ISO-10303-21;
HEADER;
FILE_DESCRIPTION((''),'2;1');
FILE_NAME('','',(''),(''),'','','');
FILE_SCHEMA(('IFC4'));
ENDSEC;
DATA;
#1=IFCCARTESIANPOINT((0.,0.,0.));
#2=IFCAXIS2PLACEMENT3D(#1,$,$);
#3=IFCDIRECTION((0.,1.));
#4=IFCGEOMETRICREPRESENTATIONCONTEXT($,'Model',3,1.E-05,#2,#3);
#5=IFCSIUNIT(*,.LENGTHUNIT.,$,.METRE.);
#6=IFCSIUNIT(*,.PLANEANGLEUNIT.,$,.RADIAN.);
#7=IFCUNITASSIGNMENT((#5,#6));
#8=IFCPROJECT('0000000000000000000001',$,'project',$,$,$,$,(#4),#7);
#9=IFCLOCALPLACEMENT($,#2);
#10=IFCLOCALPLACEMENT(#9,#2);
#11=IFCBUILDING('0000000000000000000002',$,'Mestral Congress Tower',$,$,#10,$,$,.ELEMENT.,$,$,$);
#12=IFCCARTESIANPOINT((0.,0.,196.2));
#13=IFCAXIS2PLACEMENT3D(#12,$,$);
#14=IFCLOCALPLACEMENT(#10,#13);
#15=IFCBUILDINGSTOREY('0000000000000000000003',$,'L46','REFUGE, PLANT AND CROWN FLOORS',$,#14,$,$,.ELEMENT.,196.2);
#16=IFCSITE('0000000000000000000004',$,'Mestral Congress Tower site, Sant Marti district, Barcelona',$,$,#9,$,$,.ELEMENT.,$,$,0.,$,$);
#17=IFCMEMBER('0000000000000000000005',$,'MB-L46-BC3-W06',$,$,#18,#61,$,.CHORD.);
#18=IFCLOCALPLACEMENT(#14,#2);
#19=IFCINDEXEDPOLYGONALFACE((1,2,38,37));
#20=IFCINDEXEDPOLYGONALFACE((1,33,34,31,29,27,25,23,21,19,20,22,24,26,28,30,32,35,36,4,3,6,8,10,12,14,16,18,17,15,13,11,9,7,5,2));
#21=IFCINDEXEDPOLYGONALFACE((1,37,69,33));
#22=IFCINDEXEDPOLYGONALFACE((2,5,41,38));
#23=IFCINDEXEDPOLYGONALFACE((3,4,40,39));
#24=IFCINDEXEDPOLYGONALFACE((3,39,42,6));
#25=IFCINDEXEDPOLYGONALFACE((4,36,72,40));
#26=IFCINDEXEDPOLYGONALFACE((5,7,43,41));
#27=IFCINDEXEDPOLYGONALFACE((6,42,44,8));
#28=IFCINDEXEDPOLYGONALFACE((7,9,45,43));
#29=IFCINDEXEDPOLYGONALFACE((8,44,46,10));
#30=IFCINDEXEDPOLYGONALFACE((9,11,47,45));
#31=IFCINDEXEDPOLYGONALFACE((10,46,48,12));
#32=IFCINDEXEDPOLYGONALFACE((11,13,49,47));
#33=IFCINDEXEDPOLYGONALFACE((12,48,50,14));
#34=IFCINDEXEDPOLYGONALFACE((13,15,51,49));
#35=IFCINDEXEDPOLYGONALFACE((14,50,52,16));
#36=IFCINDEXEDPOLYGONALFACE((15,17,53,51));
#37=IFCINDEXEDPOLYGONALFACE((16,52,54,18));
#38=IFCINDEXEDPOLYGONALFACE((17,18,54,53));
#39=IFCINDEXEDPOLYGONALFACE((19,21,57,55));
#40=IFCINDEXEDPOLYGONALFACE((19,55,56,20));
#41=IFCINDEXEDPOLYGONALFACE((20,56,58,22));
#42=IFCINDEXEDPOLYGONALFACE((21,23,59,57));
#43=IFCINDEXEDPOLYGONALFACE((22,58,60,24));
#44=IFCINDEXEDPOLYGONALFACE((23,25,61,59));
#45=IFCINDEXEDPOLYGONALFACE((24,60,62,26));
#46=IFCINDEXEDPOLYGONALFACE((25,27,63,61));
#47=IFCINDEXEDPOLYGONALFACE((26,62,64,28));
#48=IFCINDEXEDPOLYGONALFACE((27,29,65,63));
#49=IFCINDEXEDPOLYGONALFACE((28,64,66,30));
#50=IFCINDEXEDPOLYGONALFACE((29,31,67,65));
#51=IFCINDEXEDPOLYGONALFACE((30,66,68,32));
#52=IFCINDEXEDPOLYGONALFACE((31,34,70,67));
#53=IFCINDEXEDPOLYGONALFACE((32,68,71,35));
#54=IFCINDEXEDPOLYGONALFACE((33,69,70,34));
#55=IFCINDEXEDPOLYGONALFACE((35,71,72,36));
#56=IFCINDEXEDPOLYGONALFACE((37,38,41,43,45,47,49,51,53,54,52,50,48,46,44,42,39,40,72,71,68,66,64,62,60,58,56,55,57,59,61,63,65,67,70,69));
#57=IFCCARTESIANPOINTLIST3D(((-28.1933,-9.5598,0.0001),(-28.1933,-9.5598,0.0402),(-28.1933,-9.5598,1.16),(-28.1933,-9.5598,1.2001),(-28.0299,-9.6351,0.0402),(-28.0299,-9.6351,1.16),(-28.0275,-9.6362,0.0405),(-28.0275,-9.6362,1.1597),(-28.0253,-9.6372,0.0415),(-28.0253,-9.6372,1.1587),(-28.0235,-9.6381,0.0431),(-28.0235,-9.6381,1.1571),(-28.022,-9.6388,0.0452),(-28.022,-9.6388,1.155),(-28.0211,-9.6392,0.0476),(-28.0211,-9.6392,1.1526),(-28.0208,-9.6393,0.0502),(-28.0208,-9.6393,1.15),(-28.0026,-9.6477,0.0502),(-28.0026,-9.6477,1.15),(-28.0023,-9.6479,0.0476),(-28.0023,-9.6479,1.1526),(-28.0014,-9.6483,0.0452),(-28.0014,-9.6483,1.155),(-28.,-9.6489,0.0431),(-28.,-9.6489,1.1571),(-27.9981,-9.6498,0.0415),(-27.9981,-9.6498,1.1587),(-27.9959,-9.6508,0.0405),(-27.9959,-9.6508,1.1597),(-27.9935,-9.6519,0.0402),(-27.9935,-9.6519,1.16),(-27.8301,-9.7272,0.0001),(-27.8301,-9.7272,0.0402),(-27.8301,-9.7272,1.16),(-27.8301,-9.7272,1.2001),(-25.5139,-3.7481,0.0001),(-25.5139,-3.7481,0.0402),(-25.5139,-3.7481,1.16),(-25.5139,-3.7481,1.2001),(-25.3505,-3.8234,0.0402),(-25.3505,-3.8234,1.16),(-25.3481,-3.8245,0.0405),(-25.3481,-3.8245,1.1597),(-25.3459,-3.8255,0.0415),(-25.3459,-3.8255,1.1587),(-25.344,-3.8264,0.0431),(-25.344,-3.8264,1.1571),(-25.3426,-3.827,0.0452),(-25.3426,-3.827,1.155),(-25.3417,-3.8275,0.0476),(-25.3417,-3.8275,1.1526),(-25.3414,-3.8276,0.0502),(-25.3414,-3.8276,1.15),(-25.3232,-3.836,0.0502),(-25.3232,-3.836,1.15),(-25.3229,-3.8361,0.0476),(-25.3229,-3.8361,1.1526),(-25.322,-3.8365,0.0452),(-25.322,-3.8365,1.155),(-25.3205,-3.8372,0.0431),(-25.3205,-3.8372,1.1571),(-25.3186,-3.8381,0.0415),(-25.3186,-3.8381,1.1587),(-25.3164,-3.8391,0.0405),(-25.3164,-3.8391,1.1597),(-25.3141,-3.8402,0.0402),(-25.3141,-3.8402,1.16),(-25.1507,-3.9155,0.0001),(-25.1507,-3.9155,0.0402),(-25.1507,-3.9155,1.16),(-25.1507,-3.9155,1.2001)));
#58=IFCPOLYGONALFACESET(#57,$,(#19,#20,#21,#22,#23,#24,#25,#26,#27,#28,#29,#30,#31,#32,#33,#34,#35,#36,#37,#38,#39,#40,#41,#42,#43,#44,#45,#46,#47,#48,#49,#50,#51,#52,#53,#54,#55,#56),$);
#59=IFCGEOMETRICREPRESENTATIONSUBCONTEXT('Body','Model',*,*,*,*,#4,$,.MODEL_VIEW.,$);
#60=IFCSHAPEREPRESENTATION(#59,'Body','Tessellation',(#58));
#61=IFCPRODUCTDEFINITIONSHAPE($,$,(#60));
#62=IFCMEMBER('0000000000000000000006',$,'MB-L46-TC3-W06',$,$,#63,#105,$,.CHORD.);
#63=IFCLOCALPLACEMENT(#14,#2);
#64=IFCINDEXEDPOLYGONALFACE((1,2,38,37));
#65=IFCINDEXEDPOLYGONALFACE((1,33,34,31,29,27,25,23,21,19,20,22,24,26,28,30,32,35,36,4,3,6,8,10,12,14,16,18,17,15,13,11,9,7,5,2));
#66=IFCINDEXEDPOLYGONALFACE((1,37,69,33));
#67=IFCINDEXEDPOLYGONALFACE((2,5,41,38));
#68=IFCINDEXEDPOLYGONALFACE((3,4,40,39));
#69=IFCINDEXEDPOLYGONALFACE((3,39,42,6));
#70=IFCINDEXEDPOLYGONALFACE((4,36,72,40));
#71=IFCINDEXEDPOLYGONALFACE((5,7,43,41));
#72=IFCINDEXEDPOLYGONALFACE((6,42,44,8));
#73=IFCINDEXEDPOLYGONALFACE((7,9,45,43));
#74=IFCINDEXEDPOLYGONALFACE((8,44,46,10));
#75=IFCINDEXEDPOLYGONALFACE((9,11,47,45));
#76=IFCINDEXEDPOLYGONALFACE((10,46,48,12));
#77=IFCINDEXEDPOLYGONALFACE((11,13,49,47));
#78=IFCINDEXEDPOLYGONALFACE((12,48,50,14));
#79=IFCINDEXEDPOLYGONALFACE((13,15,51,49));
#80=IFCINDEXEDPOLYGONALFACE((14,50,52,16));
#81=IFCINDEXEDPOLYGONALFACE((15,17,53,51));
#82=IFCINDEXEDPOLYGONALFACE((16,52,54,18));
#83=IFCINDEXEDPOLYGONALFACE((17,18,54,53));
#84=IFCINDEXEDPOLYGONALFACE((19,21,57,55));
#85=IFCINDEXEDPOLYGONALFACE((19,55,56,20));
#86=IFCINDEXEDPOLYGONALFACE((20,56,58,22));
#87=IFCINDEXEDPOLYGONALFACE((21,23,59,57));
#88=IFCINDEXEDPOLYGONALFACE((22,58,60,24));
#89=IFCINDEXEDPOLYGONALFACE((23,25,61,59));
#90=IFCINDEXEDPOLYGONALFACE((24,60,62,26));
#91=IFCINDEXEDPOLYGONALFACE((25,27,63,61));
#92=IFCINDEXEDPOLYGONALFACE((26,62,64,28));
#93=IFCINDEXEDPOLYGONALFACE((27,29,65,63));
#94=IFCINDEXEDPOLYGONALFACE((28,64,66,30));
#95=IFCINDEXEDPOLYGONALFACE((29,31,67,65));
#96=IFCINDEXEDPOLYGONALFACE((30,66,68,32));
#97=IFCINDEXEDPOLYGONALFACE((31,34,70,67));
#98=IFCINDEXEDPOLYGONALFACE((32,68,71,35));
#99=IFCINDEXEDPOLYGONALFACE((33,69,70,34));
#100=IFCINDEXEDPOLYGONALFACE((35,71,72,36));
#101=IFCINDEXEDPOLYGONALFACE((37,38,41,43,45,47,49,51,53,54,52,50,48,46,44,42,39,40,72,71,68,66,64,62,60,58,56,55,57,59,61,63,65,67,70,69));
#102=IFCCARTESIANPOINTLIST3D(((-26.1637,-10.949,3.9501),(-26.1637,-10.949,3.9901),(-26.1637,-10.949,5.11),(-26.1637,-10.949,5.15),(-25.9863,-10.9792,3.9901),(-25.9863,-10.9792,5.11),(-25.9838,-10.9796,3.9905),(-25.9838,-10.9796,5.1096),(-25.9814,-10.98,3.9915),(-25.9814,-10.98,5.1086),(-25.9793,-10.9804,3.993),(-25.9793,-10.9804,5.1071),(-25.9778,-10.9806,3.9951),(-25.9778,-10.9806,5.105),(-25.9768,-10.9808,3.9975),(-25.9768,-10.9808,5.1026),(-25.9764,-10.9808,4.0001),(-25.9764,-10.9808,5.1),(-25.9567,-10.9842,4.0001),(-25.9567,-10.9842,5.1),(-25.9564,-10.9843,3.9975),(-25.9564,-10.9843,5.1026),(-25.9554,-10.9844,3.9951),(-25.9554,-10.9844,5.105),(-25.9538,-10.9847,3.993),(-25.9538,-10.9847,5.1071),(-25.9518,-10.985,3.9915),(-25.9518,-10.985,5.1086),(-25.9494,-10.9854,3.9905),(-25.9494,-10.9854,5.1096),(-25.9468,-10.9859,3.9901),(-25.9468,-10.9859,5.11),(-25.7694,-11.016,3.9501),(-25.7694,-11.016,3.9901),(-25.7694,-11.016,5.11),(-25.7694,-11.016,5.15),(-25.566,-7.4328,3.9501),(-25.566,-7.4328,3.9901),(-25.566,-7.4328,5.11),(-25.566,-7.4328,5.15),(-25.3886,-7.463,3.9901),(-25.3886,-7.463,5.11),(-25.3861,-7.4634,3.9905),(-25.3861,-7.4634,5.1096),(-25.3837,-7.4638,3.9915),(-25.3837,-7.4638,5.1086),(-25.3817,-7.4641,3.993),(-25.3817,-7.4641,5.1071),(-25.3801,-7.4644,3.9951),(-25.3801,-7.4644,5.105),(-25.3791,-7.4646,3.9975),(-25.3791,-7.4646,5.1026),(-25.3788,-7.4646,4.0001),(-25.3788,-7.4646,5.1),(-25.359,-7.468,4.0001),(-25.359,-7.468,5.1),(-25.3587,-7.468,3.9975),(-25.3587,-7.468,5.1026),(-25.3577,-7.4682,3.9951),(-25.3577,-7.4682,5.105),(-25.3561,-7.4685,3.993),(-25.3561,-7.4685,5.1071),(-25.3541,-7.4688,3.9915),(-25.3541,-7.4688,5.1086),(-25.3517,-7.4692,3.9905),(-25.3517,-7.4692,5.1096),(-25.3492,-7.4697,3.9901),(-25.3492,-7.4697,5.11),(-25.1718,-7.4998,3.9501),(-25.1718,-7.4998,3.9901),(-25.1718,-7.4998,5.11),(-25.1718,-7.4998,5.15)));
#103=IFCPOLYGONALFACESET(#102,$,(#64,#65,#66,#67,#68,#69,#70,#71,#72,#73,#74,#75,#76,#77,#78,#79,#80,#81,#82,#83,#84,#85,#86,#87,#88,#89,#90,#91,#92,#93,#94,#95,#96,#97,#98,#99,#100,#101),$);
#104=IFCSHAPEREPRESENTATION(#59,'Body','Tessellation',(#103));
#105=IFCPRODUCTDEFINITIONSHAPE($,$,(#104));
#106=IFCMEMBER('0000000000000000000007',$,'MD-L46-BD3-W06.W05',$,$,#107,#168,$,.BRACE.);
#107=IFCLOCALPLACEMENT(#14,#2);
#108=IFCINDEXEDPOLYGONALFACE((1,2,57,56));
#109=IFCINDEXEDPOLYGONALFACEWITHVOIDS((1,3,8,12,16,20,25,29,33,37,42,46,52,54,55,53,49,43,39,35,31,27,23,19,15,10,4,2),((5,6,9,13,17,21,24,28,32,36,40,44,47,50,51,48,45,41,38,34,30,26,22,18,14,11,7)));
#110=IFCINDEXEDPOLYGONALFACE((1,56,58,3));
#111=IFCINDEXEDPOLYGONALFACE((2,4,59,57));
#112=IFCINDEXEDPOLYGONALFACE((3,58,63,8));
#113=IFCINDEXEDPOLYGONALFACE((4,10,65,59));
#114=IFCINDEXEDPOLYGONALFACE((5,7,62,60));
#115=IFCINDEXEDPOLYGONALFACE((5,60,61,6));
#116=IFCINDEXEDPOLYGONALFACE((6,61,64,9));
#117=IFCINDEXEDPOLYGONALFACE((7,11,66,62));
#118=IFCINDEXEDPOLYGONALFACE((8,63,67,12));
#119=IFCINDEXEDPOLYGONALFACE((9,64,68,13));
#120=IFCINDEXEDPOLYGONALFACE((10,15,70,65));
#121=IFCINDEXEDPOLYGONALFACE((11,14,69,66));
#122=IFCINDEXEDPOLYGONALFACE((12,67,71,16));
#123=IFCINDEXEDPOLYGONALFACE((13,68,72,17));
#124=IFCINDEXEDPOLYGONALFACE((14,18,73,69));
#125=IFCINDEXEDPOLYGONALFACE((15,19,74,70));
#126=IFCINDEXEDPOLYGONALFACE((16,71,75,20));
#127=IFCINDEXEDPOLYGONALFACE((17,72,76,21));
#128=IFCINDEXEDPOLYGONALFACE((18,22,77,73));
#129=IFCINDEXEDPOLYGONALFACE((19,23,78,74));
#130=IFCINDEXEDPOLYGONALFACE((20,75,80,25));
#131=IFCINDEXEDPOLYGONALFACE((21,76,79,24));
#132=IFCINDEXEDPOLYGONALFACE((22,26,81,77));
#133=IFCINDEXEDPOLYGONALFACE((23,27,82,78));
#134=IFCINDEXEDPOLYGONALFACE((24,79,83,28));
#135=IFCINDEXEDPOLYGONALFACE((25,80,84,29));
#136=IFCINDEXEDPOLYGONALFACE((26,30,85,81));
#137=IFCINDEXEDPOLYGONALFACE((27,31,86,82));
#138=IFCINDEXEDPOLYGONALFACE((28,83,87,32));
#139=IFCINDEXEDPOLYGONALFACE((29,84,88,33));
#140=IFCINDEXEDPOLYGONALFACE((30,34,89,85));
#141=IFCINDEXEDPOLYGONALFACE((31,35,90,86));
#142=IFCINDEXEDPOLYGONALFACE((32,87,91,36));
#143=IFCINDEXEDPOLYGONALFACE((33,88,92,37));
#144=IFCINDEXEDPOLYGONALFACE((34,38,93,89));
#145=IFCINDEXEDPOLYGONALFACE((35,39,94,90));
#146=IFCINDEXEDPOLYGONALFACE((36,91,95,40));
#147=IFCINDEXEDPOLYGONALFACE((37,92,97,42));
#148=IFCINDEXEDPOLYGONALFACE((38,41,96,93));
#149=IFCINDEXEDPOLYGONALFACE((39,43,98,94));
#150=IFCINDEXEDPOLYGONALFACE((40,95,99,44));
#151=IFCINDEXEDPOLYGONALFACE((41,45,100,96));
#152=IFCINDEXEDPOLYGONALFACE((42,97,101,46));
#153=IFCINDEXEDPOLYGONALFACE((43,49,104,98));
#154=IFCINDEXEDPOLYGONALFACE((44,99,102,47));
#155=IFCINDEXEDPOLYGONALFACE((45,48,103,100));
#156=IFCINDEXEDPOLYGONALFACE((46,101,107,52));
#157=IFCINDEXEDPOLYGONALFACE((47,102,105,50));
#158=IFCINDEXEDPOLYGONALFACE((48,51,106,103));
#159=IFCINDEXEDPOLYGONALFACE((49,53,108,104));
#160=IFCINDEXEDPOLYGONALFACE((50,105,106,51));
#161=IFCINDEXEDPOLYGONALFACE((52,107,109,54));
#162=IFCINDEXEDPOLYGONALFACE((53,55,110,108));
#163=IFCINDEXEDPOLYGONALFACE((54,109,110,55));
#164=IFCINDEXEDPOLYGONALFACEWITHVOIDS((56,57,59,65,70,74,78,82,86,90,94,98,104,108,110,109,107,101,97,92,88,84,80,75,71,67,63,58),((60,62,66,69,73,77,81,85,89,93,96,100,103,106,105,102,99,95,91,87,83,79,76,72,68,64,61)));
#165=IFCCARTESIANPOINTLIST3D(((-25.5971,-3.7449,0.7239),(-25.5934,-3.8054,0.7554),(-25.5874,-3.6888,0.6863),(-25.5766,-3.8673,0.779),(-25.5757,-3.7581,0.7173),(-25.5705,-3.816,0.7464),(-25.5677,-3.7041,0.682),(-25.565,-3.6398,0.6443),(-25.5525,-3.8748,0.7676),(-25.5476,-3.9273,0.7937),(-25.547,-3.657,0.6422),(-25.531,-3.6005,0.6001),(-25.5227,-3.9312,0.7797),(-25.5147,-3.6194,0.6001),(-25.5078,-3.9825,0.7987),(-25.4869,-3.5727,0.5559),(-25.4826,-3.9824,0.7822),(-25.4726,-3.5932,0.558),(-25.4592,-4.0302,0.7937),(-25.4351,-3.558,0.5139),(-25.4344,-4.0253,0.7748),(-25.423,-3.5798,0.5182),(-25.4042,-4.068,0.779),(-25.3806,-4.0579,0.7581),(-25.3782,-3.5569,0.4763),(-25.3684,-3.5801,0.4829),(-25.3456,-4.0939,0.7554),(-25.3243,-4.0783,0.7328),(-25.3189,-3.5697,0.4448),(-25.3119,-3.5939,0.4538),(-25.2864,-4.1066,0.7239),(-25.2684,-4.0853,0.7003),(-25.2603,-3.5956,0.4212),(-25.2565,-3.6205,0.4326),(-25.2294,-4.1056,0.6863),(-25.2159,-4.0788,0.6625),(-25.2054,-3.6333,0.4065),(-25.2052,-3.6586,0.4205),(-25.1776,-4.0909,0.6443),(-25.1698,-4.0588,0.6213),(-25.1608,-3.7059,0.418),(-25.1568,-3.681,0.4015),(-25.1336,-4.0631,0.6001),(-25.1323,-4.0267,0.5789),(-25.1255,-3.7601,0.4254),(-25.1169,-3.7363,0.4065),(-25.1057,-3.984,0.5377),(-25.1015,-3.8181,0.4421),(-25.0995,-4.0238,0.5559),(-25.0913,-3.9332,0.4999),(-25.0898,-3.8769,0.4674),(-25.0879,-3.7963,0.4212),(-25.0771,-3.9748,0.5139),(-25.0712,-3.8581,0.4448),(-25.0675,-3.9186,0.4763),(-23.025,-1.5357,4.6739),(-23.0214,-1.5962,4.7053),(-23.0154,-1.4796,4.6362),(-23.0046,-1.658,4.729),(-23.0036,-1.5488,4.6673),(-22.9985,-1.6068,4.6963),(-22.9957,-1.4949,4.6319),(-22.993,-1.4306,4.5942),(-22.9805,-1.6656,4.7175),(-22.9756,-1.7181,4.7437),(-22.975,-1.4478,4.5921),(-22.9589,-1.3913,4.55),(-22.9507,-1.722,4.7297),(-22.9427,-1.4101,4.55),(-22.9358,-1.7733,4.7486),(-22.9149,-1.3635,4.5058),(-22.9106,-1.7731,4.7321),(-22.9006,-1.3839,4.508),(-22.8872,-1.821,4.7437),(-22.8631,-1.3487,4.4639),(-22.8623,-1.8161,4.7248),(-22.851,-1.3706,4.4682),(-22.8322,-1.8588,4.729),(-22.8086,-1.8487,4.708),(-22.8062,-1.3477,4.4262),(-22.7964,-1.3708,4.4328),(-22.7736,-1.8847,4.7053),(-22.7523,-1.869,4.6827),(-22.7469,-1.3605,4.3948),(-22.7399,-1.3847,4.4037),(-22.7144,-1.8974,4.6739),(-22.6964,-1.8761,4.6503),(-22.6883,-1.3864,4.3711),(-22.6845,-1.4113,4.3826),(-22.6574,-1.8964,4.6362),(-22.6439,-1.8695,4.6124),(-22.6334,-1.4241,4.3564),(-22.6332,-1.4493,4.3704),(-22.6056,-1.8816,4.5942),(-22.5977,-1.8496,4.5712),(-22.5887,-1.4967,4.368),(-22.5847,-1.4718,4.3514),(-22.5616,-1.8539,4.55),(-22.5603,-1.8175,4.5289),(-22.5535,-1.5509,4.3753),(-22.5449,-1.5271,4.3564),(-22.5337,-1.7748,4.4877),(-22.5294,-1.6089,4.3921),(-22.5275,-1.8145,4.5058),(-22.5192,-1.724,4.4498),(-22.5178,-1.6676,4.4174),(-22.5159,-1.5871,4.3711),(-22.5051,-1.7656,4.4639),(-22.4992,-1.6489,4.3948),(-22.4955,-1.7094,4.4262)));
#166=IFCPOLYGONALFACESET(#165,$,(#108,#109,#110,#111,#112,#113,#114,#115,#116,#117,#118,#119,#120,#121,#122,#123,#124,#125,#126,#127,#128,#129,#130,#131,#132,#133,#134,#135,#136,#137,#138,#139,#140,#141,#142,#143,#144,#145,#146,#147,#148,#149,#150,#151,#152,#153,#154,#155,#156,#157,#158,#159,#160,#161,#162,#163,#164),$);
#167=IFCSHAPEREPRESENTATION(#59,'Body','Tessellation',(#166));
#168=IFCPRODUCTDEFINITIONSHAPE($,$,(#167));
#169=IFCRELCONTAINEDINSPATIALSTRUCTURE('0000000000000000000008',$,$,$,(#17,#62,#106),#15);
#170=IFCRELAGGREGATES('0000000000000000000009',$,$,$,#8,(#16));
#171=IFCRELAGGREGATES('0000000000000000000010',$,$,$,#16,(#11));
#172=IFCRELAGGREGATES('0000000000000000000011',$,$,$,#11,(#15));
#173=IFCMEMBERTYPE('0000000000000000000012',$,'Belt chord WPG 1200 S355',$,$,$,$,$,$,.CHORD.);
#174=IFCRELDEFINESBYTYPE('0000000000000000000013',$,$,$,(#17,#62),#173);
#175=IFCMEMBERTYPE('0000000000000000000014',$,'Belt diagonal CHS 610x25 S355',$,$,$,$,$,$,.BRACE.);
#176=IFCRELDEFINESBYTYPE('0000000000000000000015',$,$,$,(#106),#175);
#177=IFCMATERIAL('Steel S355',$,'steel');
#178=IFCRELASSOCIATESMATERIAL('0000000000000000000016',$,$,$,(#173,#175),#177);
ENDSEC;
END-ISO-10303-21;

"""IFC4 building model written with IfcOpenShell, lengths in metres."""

from ifc_helpers import new_model, si_unit, direction, frame, origin, origin_2d, place, context, subcontext, project, spatial, hollow_circle, i_section, extrude, material, material_profile, profile_set, type_object, element, save


model = new_model("IFC4")

# Units and contexts
model_context = context("Model", 3, precision=1e-05, world=origin(), true_north=direction((0.0, 1.0)))
body_context = subcontext(model_context, "Body", "Model", "MODEL_VIEW")
ifc_project = project(units=[si_unit("LENGTHUNIT", "METRE"), si_unit("PLANEANGLEUNIT", "RADIAN")], contexts=[model_context])

# Site, building, storey
site_placement = place(None, origin())
site = spatial("IfcSite", under=ifc_project, at=site_placement, Name="Mestral Congress Tower site, Sant Marti district, Barcelona", CompositionType="ELEMENT", RefElevation=0.0)
building_placement = place(site_placement, origin())
building = spatial("IfcBuilding", under=site, at=building_placement, Name="Mestral Congress Tower", CompositionType="ELEMENT")
storey_placement = place(building_placement, frame((0.0, 0.0, 196.2)))
storey = spatial("IfcBuildingStorey", under=building, at=storey_placement, Name="L46", Description="REFUGE, PLANT AND CROWN FLOORS", CompositionType="ELEMENT", Elevation=196.2)

# Members
ifc_material_1 = material(Name="Steel S355", Category="steel")
ifc_material_profile_1 = material_profile(ifc_material_1, i_section(OverallWidth=0.3999, OverallDepth=1.2, WebThickness=0.02, FlangeThickness=0.04, FilletRadius=0.01, at=origin_2d()), Name="WPG 1200")
ifc_profile_set_1 = profile_set([ifc_material_profile_1], Name="Steel S355")
member_type_1 = type_object("IfcMemberType", Name="Belt chord WPG 1200 S355", PredefinedType="CHORD", material=ifc_profile_set_1)
member_1_placement = place(storey_placement, frame((-25.3323, -3.8318, 0.6001), z_axis=(-0.418683, -0.908132, 0.0), x_axis=(0.908132, -0.418683, 0.0)))
element("IfcMember", 1, at=member_1_placement, inside=storey, type_object=member_type_1, Name="MB-L46-BC3-W06", PredefinedType="CHORD", context=body_context, shape_type="SweptSolid", body=[
    extrude(i_section(OverallWidth=0.3999, OverallDepth=1.2, WebThickness=0.02, FlangeThickness=0.04, FilletRadius=0.01, at=origin_2d()), origin(), (0.0, 0.0, 1.0), 6.3997),
])
member_2_placement = place(storey_placement, frame((-25.3689, -7.4663, 4.55), z_axis=(-0.167573, -0.98586, 0.0), x_axis=(0.98586, -0.167573, 0.0)))
element("IfcMember", 2, at=member_2_placement, inside=storey, type_object=member_type_1, Name="MB-L46-TC3-W06", PredefinedType="CHORD", context=body_context, shape_type="SweptSolid", body=[
    extrude(i_section(OverallWidth=0.3999, OverallDepth=1.2, WebThickness=0.02, FlangeThickness=0.04, FilletRadius=0.01, at=origin_2d()), origin(), (0.0, 0.0, 1.0), 3.5667),
])
ifc_material_profile_2 = material_profile(ifc_material_1, hollow_circle(Radius=0.3049, WallThickness=0.0249, at=origin_2d()), Name="CHS 610x25")
ifc_profile_set_2 = profile_set([ifc_material_profile_2], Name="Steel S355")
member_type_2 = type_object("IfcMemberType", Name="Belt diagonal CHS 610x25 S355", PredefinedType="BRACE", material=ifc_profile_set_2)
member_3_placement = place(storey_placement, frame((-25.3323, -3.8318, 0.6001), z_axis=(0.494089, 0.424396, 0.758791), x_axis=(-0.65158, 0.75858, 0.0)))
element("IfcMember", 3, at=member_3_placement, inside=storey, type_object=member_type_2, Name="MD-L46-BD3-W06.W05", PredefinedType="BRACE", context=body_context, shape_type="SweptSolid", body=[
    extrude(hollow_circle(Radius=0.3049, WallThickness=0.0249, at=origin_2d()), origin(), (0.0, 0.0, 1.0), 5.2056),
])

save(model, "model.ifc")
